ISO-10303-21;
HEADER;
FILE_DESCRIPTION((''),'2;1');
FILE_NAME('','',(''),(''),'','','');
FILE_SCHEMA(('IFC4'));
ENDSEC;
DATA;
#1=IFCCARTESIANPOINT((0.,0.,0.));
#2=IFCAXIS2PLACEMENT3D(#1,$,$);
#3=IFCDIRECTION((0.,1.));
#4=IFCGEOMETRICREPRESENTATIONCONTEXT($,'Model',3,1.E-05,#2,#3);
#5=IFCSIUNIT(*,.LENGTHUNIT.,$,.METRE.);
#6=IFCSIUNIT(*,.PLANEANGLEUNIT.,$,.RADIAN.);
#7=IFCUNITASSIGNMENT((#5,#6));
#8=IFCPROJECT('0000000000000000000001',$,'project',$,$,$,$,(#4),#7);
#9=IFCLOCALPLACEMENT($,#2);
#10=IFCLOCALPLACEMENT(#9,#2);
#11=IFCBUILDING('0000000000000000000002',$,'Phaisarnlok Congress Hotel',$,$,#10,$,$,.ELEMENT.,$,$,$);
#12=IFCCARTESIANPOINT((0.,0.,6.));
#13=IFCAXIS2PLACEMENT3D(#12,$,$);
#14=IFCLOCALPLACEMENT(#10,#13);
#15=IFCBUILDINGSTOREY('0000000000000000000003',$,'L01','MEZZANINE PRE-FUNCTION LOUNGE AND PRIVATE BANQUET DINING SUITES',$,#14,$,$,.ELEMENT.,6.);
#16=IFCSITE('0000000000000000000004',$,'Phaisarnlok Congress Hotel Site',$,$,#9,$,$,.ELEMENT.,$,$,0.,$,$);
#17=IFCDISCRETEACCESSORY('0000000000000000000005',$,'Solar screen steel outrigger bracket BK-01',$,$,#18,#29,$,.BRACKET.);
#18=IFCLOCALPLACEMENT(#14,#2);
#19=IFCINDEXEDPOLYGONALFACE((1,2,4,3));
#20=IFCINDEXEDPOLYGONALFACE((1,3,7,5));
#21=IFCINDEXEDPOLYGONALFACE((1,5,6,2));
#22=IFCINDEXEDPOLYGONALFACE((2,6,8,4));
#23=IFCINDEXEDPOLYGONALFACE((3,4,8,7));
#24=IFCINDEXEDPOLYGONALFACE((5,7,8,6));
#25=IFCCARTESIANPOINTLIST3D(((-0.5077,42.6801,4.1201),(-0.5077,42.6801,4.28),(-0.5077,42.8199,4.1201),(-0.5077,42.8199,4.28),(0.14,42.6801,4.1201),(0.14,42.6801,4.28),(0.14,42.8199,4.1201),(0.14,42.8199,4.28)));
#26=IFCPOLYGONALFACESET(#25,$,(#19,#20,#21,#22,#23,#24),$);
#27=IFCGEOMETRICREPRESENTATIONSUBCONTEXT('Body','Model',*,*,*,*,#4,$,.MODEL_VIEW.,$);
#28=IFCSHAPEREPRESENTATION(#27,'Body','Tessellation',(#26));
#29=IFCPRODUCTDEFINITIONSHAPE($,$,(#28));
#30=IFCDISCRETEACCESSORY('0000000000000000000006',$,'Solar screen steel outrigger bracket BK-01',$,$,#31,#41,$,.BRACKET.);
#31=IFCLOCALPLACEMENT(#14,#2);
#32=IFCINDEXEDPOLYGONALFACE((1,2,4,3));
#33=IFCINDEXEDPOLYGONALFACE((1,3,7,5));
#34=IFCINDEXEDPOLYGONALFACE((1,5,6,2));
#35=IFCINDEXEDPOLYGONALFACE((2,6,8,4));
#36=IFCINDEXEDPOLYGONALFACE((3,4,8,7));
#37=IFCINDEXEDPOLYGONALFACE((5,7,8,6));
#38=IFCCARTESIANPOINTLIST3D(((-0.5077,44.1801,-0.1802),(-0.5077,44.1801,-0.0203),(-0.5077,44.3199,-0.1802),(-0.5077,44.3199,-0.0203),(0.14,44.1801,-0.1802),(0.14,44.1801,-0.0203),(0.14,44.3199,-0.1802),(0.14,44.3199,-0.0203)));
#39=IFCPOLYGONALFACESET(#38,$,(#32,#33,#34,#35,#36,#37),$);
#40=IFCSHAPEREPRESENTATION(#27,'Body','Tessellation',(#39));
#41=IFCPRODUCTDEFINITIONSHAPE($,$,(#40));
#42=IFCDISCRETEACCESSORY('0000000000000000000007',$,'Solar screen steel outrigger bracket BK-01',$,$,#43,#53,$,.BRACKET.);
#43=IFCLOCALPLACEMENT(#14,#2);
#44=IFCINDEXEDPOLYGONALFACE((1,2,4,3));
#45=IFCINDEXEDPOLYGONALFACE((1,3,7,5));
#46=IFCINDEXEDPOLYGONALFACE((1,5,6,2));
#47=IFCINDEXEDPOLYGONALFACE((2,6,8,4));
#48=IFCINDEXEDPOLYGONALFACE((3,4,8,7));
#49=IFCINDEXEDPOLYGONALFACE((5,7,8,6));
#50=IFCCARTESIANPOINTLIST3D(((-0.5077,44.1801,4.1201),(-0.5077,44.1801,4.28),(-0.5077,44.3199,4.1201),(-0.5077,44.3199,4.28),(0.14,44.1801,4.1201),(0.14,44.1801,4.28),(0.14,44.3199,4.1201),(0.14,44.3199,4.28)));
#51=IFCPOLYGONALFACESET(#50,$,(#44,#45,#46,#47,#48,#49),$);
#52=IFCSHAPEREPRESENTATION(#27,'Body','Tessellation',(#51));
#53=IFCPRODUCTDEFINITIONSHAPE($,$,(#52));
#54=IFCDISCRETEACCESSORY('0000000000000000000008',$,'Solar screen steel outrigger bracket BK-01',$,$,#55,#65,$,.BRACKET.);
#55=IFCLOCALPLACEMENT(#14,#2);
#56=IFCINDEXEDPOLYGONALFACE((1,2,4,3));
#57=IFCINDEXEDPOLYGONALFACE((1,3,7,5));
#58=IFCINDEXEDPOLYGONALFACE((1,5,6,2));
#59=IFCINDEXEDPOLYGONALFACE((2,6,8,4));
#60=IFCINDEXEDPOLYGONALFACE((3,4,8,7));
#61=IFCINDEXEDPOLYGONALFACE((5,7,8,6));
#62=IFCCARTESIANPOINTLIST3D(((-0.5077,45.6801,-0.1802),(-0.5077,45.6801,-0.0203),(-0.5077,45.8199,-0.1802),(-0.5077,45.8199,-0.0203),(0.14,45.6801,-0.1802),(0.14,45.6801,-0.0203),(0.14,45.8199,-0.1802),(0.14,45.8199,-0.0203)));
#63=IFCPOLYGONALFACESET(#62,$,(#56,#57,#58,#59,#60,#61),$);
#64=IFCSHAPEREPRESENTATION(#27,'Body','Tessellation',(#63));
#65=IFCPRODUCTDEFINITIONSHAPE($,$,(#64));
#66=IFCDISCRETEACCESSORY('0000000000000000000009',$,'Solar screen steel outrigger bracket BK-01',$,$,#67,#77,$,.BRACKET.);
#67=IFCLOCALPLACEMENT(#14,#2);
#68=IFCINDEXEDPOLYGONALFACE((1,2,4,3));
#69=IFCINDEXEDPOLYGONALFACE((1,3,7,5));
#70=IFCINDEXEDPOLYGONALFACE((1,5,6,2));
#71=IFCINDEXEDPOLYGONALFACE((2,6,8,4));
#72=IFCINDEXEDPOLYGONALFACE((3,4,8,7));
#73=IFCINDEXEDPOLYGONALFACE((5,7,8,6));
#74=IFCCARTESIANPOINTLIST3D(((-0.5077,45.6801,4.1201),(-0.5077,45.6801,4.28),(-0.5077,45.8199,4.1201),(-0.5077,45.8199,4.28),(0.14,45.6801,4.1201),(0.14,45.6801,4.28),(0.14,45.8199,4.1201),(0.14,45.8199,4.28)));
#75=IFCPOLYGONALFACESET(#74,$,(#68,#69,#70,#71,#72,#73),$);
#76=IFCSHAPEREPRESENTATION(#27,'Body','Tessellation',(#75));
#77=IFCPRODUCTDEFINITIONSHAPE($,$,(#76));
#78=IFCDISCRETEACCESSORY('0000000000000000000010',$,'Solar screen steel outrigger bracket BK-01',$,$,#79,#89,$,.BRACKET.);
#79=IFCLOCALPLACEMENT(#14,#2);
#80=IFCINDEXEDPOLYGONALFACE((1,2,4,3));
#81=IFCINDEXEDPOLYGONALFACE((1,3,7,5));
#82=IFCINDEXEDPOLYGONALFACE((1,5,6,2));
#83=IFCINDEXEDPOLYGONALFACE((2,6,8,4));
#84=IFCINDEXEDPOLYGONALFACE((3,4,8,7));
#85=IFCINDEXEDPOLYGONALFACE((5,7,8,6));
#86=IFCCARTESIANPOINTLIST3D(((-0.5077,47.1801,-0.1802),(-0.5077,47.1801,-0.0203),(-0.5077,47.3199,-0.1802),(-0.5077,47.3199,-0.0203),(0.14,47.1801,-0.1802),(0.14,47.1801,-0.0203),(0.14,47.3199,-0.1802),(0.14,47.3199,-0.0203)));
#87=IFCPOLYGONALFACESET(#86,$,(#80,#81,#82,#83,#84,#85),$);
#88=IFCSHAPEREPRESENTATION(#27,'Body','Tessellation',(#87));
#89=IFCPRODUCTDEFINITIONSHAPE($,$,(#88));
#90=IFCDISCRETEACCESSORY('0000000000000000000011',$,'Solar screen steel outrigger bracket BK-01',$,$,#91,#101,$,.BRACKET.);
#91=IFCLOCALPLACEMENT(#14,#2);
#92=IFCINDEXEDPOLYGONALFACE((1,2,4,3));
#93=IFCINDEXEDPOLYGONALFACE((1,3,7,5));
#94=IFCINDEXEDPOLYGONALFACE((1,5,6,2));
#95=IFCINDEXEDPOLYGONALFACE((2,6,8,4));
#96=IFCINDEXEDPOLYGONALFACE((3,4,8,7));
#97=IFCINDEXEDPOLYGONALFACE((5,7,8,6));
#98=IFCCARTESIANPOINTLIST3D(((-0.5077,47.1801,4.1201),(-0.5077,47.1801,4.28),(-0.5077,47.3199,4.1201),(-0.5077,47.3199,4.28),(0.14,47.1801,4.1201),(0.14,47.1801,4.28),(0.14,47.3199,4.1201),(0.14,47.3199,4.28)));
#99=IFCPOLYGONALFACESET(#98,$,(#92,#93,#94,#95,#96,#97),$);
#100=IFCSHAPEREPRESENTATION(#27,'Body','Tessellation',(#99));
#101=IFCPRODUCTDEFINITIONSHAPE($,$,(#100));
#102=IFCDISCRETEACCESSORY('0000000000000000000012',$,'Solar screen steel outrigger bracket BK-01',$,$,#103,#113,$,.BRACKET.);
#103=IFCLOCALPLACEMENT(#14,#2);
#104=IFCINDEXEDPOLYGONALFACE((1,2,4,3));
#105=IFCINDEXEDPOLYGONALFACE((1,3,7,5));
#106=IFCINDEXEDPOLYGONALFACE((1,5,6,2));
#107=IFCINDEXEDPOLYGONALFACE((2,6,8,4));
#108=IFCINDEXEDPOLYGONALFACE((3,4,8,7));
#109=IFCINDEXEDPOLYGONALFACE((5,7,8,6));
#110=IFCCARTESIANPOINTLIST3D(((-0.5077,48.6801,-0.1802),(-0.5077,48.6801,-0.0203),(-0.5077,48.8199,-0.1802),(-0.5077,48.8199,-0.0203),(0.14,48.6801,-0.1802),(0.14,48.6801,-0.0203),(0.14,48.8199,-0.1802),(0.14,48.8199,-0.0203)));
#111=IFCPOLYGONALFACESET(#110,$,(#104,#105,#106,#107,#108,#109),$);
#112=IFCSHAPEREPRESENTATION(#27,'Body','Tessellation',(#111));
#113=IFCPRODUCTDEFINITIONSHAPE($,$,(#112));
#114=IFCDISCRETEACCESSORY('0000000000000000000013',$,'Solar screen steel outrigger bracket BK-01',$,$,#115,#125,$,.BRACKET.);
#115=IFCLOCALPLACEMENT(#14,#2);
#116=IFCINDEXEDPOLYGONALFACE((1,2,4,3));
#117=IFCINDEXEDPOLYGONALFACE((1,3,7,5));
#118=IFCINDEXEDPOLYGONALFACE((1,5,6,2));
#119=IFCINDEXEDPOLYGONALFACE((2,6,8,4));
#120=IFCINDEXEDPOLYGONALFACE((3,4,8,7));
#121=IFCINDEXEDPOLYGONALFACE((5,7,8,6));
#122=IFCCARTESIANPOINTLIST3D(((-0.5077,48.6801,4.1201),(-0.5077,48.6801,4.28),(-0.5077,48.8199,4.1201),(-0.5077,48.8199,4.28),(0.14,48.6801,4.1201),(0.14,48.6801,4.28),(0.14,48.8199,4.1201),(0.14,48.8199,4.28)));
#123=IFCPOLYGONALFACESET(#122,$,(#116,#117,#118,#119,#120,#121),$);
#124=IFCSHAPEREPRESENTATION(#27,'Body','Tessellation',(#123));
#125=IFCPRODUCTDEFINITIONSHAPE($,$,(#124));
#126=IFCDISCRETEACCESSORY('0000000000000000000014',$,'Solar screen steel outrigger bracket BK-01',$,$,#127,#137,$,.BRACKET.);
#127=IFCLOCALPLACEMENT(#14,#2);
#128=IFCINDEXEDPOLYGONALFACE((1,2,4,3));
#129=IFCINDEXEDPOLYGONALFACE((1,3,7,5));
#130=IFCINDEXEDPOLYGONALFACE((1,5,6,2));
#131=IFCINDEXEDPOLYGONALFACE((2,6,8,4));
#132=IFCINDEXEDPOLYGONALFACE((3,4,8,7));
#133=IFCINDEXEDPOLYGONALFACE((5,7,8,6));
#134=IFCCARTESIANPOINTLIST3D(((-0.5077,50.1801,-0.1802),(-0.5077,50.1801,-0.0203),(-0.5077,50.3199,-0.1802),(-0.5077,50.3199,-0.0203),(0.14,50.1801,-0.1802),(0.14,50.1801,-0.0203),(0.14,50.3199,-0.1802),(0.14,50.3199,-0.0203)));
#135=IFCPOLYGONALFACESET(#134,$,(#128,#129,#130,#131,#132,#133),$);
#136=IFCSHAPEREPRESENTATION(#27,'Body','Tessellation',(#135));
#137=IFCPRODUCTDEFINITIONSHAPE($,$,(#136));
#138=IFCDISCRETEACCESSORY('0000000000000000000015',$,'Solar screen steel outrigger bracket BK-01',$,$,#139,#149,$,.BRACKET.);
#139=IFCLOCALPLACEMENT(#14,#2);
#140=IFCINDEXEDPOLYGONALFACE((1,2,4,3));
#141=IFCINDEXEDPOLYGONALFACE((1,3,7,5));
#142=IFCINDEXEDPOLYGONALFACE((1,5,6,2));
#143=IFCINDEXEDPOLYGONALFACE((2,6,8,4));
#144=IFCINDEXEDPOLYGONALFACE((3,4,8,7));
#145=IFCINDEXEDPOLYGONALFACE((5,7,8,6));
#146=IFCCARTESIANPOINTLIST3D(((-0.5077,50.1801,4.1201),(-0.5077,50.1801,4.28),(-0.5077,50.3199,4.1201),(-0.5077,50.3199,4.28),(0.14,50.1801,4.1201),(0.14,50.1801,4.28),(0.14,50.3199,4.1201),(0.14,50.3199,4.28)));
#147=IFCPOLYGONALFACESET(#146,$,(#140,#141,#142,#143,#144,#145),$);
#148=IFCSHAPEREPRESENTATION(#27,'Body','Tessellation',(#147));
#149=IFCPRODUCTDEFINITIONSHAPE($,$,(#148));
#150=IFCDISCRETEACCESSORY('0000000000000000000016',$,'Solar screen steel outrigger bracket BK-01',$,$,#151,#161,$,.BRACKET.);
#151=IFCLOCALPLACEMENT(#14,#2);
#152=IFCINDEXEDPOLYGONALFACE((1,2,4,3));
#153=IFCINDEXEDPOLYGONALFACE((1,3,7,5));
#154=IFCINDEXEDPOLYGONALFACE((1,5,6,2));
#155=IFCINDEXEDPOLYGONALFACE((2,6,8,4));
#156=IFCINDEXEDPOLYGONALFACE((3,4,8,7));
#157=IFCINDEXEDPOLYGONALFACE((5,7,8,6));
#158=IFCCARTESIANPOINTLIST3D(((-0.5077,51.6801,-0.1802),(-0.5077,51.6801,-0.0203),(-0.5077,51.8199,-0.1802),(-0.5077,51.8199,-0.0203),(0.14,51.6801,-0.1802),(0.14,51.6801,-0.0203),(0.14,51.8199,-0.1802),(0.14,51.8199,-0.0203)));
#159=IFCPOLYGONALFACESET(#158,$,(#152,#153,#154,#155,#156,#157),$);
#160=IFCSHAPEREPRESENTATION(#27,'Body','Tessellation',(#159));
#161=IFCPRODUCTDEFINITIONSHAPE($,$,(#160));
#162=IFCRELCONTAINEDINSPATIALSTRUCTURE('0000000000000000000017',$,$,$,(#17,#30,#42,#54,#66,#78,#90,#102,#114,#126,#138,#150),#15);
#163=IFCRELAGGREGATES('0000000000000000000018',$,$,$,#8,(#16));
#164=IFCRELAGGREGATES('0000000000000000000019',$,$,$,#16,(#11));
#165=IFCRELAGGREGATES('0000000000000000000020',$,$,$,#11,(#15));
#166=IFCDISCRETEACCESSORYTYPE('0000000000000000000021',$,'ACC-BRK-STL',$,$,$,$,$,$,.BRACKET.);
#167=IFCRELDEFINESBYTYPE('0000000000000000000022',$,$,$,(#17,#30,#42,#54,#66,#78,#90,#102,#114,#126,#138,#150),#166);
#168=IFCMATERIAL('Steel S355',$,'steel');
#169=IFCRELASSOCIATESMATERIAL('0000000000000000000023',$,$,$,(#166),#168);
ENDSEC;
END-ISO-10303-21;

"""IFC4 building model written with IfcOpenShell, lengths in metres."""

from ifc_helpers import new_model, si_unit, direction, frame, origin, origin_2d, place, context, subcontext, project, spatial, rectangle, extrude, material, type_object, element, save


model = new_model("IFC4")

# Units and contexts
model_context = context("Model", 3, precision=1e-05, world=origin(), true_north=direction((0.0, 1.0)))
body_context = subcontext(model_context, "Body", "Model", "MODEL_VIEW")
ifc_project = project(units=[si_unit("LENGTHUNIT", "METRE"), si_unit("PLANEANGLEUNIT", "RADIAN")], contexts=[model_context])

# Site, building, storey
site_placement = place(None, origin())
site = spatial("IfcSite", under=ifc_project, at=site_placement, Name="Phaisarnlok Congress Hotel Site", CompositionType="ELEMENT", RefElevation=0.0)
building_placement = place(site_placement, origin())
building = spatial("IfcBuilding", under=site, at=building_placement, Name="Phaisarnlok Congress Hotel", CompositionType="ELEMENT")
storey_placement = place(building_placement, frame((0.0, 0.0, 6.0)))
storey = spatial("IfcBuildingStorey", under=building, at=storey_placement, Name="L01", Description="MEZZANINE PRE-FUNCTION LOUNGE AND PRIVATE BANQUET DINING SUITES", CompositionType="ELEMENT", Elevation=6.0)

# Discrete accessories
ifc_material_1 = material(Name="Steel S355", Category="steel")
discrete_accessory_type = type_object("IfcDiscreteAccessoryType", Name="ACC-BRK-STL", PredefinedType="BRACKET", material=ifc_material_1)
for number, where, z_axis, x_axis, name in (
    (1, (-0.1838, 42.75, 4.1201), (0.0, 0.0, 1.0), (1.0, 0.0, 0.0), "Solar screen steel outrigger bracket BK-01"),
    (2, (-0.1838, 44.25, -0.1802), (0.0, 0.0, 1.0), (1.0, 0.0, 0.0), "Solar screen steel outrigger bracket BK-01"),
    (3, (-0.1838, 44.25, 4.1201), (0.0, 0.0, 1.0), (1.0, 0.0, 0.0), "Solar screen steel outrigger bracket BK-01"),
    (4, (-0.1838, 45.75, -0.1802), (0.0, 0.0, 1.0), (1.0, 0.0, 0.0), "Solar screen steel outrigger bracket BK-01"),
    (5, (-0.1838, 45.75, 4.1201), (0.0, 0.0, 1.0), (1.0, 0.0, 0.0), "Solar screen steel outrigger bracket BK-01"),
    (6, (-0.1838, 47.25, -0.1802), (0.0, 0.0, 1.0), (1.0, 0.0, 0.0), "Solar screen steel outrigger bracket BK-01"),
    (7, (-0.1838, 47.25, 4.1201), (0.0, 0.0, 1.0), (1.0, 0.0, 0.0), "Solar screen steel outrigger bracket BK-01"),
    (8, (-0.1838, 48.75, -0.1802), (0.0, 0.0, 1.0), (1.0, 0.0, 0.0), "Solar screen steel outrigger bracket BK-01"),
    (9, (-0.1838, 48.75, 4.1201), (0.0, 0.0, 1.0), (1.0, 0.0, 0.0), "Solar screen steel outrigger bracket BK-01"),
    (10, (-0.1838, 50.25, -0.1802), (0.0, 0.0, 1.0), (1.0, 0.0, 0.0), "Solar screen steel outrigger bracket BK-01"),
    (11, (-0.1838, 50.25, 4.1201), (0.0, 0.0, 1.0), (1.0, 0.0, 0.0), "Solar screen steel outrigger bracket BK-01"),
    (12, (-0.1838, 51.75, -0.1802), (0.0, 0.0, 1.0), (1.0, 0.0, 0.0), "Solar screen steel outrigger bracket BK-01"),
):
    element("IfcDiscreteAccessory", number, at=place(storey_placement, frame(where, z_axis=z_axis, x_axis=x_axis)), inside=storey, type_object=discrete_accessory_type, Name=name, PredefinedType="BRACKET", context=body_context, shape_type="SweptSolid", body=[
        extrude(rectangle(XDim=0.6477, YDim=0.1399, at=origin_2d()), origin(), (0.0, 0.0, 1.0), 0.1599),
    ])

save(model, "model.ifc")
